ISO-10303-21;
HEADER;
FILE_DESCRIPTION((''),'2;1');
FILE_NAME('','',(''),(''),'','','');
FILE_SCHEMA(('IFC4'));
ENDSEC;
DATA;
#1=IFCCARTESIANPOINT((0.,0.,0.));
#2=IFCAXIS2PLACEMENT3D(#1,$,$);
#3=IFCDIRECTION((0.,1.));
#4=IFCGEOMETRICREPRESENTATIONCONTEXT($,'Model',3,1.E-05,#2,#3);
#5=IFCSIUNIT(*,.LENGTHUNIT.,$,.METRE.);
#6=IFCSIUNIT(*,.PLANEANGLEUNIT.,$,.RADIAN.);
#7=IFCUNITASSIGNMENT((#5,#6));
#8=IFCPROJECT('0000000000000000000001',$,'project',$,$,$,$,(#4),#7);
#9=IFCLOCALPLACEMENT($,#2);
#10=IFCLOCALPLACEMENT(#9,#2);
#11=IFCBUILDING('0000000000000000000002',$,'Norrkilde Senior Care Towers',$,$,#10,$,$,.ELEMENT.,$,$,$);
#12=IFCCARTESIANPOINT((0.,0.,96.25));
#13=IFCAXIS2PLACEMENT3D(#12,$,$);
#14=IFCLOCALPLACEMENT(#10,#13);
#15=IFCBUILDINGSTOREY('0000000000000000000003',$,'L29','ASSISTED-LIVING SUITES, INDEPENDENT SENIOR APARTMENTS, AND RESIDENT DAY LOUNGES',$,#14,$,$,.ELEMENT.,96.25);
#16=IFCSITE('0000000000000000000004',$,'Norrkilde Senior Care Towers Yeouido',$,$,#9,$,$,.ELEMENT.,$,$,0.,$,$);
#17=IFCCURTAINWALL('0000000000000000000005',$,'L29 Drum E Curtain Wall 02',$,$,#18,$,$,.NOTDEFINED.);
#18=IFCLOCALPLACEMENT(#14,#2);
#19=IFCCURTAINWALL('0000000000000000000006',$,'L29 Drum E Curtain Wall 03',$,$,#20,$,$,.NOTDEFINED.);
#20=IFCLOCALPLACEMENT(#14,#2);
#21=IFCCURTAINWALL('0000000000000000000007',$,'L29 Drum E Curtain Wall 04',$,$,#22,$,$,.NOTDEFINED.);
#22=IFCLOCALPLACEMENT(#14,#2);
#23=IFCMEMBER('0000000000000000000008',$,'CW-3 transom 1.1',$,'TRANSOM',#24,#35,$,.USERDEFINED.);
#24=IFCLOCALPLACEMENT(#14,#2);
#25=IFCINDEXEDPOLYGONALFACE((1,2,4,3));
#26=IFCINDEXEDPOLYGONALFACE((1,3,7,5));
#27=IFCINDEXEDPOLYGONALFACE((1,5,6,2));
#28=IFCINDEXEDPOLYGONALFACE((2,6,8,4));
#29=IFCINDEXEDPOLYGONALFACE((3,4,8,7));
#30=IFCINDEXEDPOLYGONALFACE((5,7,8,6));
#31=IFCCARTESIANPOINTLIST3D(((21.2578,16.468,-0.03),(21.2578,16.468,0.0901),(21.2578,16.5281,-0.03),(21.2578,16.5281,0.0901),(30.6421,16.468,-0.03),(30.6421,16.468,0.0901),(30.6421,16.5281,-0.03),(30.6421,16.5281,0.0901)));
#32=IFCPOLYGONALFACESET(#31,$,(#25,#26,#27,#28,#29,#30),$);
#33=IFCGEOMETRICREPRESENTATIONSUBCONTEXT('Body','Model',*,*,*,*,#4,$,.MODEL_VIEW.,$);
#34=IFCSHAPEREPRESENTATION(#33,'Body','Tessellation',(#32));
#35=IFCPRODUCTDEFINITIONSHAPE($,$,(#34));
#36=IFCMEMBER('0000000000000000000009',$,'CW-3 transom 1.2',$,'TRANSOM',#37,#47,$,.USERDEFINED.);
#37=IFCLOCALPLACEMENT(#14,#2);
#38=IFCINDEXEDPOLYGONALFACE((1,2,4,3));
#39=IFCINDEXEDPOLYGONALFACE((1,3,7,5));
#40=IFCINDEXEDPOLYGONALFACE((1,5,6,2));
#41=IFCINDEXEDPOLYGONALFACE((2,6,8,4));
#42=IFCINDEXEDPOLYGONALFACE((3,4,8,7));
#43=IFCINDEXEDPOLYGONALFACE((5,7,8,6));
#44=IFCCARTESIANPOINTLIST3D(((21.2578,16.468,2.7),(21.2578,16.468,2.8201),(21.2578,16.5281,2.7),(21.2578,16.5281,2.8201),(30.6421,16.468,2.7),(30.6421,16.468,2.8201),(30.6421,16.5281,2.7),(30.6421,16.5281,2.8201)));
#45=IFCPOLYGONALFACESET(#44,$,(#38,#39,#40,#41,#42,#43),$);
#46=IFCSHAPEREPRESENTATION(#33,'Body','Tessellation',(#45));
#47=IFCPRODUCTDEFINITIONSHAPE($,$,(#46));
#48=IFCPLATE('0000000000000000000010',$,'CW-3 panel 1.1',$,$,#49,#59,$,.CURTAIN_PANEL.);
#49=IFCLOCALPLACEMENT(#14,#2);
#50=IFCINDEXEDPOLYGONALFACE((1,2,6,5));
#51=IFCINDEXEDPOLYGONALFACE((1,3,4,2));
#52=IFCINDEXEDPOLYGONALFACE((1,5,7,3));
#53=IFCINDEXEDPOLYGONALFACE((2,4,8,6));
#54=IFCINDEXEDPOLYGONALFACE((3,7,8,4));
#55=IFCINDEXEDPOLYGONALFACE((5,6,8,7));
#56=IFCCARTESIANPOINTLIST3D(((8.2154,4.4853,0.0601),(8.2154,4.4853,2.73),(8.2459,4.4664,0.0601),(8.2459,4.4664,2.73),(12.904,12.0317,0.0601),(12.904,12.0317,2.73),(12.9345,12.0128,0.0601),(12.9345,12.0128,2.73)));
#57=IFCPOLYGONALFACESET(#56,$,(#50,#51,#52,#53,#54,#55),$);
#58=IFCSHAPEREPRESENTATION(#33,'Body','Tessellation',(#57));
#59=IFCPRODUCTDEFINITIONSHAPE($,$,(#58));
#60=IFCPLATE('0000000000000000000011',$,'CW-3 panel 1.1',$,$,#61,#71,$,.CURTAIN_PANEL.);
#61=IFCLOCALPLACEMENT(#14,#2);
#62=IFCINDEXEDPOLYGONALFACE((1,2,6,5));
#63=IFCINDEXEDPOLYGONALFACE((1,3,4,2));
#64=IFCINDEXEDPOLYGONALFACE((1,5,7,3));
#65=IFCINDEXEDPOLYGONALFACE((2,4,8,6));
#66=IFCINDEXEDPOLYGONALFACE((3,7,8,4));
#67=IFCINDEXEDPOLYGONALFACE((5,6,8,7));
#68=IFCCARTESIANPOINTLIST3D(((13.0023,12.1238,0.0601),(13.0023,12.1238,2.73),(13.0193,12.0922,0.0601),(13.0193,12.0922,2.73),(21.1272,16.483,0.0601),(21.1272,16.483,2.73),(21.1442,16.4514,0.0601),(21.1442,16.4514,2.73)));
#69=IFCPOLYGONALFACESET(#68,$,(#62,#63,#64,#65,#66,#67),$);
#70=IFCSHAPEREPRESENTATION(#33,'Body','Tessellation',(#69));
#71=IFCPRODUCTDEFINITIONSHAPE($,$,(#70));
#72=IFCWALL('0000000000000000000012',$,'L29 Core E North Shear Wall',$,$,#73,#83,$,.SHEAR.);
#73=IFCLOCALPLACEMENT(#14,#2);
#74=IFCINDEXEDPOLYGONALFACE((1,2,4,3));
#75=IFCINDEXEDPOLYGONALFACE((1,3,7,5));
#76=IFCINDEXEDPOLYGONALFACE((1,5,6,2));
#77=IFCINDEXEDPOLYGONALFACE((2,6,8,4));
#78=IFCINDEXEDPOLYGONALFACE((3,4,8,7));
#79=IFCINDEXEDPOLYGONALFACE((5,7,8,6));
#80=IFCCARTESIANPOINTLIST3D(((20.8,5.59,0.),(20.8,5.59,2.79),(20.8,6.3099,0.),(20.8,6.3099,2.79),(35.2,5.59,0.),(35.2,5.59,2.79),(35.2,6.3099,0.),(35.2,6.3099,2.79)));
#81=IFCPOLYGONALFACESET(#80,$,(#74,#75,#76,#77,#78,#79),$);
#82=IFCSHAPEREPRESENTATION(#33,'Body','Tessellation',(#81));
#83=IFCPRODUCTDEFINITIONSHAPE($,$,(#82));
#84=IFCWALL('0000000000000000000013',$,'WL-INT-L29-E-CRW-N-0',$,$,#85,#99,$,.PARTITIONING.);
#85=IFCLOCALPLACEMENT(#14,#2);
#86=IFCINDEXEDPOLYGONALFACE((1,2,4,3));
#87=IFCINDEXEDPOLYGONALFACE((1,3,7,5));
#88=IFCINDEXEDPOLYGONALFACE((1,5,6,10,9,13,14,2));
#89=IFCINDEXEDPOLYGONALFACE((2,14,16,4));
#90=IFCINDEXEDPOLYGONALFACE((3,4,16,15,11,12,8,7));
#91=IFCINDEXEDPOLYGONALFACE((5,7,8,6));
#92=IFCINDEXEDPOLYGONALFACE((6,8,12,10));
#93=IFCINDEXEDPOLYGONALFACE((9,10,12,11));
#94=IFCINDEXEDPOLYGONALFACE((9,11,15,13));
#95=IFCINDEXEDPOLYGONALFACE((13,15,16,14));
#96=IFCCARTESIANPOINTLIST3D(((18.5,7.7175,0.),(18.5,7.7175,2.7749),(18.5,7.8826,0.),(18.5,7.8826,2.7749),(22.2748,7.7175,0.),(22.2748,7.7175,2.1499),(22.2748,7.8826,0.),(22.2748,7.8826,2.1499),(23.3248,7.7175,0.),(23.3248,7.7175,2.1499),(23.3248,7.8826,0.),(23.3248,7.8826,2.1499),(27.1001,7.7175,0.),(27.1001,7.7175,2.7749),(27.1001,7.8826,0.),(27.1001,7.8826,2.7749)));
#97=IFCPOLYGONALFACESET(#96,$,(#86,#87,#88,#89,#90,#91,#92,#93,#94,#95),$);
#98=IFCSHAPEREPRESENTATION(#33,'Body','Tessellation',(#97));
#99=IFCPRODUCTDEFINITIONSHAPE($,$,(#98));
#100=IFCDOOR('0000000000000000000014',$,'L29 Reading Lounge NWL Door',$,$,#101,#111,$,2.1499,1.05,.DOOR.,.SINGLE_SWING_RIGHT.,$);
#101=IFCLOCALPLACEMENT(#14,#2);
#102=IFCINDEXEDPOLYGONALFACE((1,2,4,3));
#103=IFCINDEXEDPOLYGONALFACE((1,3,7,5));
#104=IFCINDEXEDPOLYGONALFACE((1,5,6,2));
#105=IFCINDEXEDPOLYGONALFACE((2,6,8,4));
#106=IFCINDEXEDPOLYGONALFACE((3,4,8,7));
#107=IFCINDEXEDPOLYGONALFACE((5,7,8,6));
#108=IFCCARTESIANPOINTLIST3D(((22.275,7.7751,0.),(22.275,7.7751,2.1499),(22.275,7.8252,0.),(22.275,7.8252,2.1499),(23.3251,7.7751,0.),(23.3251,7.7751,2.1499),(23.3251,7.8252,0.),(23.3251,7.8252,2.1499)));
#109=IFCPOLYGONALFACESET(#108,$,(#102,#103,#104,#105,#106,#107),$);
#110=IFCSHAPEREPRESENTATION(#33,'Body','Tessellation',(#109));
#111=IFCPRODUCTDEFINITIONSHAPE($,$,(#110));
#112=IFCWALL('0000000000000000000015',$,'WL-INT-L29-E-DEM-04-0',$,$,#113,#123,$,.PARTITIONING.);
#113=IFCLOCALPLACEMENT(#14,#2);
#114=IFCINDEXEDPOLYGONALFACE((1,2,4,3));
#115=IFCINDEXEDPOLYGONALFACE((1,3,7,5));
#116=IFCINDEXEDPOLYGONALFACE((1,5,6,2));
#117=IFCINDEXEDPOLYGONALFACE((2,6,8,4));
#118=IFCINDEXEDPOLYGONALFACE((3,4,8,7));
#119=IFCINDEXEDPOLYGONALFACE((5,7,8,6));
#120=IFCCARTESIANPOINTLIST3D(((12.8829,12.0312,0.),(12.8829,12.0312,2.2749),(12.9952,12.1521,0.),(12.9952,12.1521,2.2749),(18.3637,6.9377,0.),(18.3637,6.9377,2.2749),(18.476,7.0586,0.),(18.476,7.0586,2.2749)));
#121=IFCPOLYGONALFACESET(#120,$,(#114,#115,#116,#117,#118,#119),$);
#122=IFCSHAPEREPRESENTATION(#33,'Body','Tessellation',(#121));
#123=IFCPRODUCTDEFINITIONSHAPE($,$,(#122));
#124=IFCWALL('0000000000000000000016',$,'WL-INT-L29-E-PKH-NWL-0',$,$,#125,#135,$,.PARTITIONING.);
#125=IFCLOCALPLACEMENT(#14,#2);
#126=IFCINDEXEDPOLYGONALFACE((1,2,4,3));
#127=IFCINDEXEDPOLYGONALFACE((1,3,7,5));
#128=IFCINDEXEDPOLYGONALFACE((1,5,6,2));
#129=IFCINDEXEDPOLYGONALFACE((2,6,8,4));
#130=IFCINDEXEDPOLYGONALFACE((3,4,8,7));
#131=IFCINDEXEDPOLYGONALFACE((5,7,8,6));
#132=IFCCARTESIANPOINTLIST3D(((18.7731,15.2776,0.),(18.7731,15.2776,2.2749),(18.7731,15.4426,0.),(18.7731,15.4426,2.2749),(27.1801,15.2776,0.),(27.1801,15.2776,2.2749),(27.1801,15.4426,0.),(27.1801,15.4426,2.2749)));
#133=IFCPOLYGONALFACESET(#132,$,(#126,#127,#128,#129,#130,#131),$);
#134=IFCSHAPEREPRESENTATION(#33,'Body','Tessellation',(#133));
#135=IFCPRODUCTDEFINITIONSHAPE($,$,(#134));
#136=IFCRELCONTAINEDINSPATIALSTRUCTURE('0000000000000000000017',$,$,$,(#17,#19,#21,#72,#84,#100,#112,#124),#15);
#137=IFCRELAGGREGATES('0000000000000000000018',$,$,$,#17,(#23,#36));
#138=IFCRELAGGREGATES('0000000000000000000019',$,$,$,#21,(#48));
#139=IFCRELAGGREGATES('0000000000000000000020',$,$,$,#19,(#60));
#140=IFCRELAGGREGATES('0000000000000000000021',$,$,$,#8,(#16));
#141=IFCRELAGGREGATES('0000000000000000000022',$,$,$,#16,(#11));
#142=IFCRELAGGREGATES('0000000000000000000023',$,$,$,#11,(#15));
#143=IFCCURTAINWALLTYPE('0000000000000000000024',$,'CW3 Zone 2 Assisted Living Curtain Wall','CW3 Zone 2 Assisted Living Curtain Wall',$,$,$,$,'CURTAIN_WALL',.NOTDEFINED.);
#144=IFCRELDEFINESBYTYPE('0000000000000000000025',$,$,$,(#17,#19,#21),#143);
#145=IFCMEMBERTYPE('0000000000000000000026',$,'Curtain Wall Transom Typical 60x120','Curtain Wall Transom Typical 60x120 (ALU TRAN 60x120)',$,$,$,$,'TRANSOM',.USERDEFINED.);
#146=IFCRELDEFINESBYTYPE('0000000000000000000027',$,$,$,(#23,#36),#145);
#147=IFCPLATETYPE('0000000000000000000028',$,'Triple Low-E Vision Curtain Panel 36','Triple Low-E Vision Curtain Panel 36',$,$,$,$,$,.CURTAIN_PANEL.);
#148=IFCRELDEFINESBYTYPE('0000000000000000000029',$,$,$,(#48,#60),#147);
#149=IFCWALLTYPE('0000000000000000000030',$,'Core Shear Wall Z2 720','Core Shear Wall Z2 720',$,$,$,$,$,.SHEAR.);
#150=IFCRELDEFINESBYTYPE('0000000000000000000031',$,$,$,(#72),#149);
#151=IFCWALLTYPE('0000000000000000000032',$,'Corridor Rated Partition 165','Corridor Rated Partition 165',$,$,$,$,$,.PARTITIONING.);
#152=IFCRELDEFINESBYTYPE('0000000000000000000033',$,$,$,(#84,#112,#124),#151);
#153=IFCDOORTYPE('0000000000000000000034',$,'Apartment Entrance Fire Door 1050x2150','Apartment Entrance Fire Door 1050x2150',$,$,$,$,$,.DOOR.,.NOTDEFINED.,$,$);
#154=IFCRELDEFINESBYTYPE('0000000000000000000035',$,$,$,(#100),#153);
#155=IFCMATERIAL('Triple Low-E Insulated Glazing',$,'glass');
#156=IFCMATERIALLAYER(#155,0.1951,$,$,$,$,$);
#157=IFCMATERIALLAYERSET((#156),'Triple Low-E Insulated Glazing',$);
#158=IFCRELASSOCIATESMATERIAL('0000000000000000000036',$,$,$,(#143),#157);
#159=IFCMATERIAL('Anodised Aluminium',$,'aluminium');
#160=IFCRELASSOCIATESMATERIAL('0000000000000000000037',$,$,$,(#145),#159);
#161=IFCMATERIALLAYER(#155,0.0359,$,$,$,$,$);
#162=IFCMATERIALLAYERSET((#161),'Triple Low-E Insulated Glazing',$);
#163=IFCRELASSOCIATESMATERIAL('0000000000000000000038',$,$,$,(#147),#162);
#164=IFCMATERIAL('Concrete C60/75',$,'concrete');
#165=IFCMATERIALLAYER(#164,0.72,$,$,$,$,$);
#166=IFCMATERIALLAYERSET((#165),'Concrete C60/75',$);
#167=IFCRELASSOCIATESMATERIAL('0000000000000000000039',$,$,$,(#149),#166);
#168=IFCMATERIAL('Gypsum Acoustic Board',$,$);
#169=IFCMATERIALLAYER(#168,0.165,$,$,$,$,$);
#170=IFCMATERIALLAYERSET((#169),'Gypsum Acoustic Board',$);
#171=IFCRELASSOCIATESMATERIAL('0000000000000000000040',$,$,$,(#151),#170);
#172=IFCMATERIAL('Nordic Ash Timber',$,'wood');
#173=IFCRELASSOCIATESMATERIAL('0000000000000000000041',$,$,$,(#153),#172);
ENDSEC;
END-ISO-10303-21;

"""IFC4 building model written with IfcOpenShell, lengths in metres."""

from ifc_helpers import new_model, si_unit, direction, frame, frame_2d, origin, origin_2d, place, context, subcontext, project, spatial, rectangle, extrude, source, transform, mapped, material, layer, layer_set, material_profile, profile_set, type_object, type_shapes, element, fill, aggregate, save


model = new_model("IFC4")

# Units and contexts
model_context = context("Model", 3, precision=1e-05, world=origin(), true_north=direction((0.0, 1.0)))
body_context = subcontext(model_context, "Body", "Model", "MODEL_VIEW")
ifc_project = project(units=[si_unit("LENGTHUNIT", "METRE"), si_unit("PLANEANGLEUNIT", "RADIAN")], contexts=[model_context])

# Site, building, storey
site_placement = place(None, origin())
site = spatial("IfcSite", under=ifc_project, at=site_placement, Name="Norrkilde Senior Care Towers Yeouido", CompositionType="ELEMENT", RefElevation=0.0)
building_placement = place(site_placement, origin())
building = spatial("IfcBuilding", under=site, at=building_placement, Name="Norrkilde Senior Care Towers", CompositionType="ELEMENT")
storey_placement = place(building_placement, frame((0.0, 0.0, 96.25)))
storey = spatial("IfcBuildingStorey", under=building, at=storey_placement, Name="L29", Description="ASSISTED-LIVING SUITES, INDEPENDENT SENIOR APARTMENTS, AND RESIDENT DAY LOUNGES", CompositionType="ELEMENT", Elevation=96.25)

# Shared definitions
ifc_material_1 = material(Name="Concrete C60/75", Category="concrete")

# Curtain wall
ifc_material_2 = material(Name="Triple Low-E Insulated Glazing", Category="glass")
ifc_layer_1 = layer(ifc_material_2, 0.1951)
ifc_layer_set_1 = layer_set([ifc_layer_1], Name="Triple Low-E Insulated Glazing")
curtain_wall_type = type_object("IfcCurtainWallType", Name="CW3 Zone 2 Assisted Living Curtain Wall", Description="CW3 Zone 2 Assisted Living Curtain Wall", ElementType="CURTAIN_WALL", PredefinedType="NOTDEFINED", material=ifc_layer_set_1)
curtain_wall_1_placement = place(storey_placement, origin())
curtain_wall_1 = element("IfcCurtainWall", 1, at=curtain_wall_1_placement, inside=storey, type_object=curtain_wall_type, Name="L29 Drum E Curtain Wall 02", PredefinedType="NOTDEFINED")
ifc_material_3 = material(Name="Anodised Aluminium", Category="aluminium")

# Curtain wall
curtain_wall_2_placement = place(storey_placement, origin())
curtain_wall_2 = element("IfcCurtainWall", 2, at=curtain_wall_2_placement, inside=storey, type_object=curtain_wall_type, Name="L29 Drum E Curtain Wall 03", PredefinedType="NOTDEFINED")

# Curtain wall
curtain_wall_3_placement = place(storey_placement, origin())
curtain_wall_3 = element("IfcCurtainWall", 3, at=curtain_wall_3_placement, inside=storey, type_object=curtain_wall_type, Name="L29 Drum E Curtain Wall 04", PredefinedType="NOTDEFINED")

# Members
ifc_material_profile_1 = material_profile(ifc_material_3, rectangle(XDim=0.0601, YDim=0.1201, at=origin_2d()), Name="ALU TRAN 60x120")
ifc_profile_set_1 = profile_set([ifc_material_profile_1], Name="Anodised Aluminium")
member_type_1 = type_object("IfcMemberType", Name="Curtain Wall Transom Typical 60x120", Description="Curtain Wall Transom Typical 60x120 (ALU TRAN 60x120)", ElementType="TRANSOM", PredefinedType="USERDEFINED", material=ifc_profile_set_1)
shared_shape_1 = source(origin(), body_context, "Body", "SweptSolid", [
    extrude(rectangle(XDim=0.0601, YDim=0.1201, at=origin_2d()), origin(), (0.0, 0.0, 1.0), 9.3843),
])
member_1_placement = place(storey_placement, frame((21.2578, 16.498, 0.03), z_axis=(1.0, 0.0, 0.0), x_axis=(0.0, 1.0, 0.0)))
member_1 = element("IfcMember", 4, at=member_1_placement, type_object=member_type_1, Name="CW-3 transom 1.1", ObjectType="TRANSOM", PredefinedType="USERDEFINED", context=body_context, shape_type="MappedRepresentation", body=[
    mapped(shared_shape_1, transform((0.0, 0.0, 0.0), x_axis=(1.0, 0.0, 0.0), y_axis=(0.0, 1.0, 0.0), z_axis=(0.0, 0.0, 1.0), scale=1.0)),
])
member_2_placement = place(storey_placement, frame((21.2578, 16.498, 2.76), z_axis=(1.0, 0.0, 0.0), x_axis=(0.0, 1.0, 0.0)))
member_2 = element("IfcMember", 5, at=member_2_placement, type_object=member_type_1, Name="CW-3 transom 1.2", ObjectType="TRANSOM", PredefinedType="USERDEFINED", context=body_context, shape_type="MappedRepresentation", body=[
    mapped(shared_shape_1, transform((0.0, 0.0, 0.0), x_axis=(1.0, 0.0, 0.0), y_axis=(0.0, 1.0, 0.0), z_axis=(0.0, 0.0, 1.0), scale=1.0)),
])
aggregate(curtain_wall_1, [member_1, member_2])

# Plates
ifc_layer_2 = layer(ifc_material_2, 0.0359)
ifc_layer_set_2 = layer_set([ifc_layer_2], Name="Triple Low-E Insulated Glazing")
plate_type = type_object("IfcPlateType", Name="Triple Low-E Vision Curtain Panel 36", Description="Triple Low-E Vision Curtain Panel 36", PredefinedType="CURTAIN_PANEL", material=ifc_layer_set_2)
shared_shape_2 = source(origin(), body_context, "Body", "SweptSolid", [
    extrude(rectangle(XDim=8.8843, YDim=0.0359, at=origin_2d()), origin(), (0.0, 0.0, 1.0), 2.6699),
])
plate_1_placement = place(storey_placement, frame((10.575, 8.249, 0.0601), z_axis=(0.0, 0.0, 1.0), x_axis=(0.527733, 0.84941, 0.0)))
plate_1 = element("IfcPlate", 6, at=plate_1_placement, type_object=plate_type, Name="CW-3 panel 1.1", PredefinedType="CURTAIN_PANEL", context=body_context, shape_type="MappedRepresentation", body=[
    mapped(shared_shape_2, transform((0.0, 0.0, 0.0), x_axis=(1.0, 0.0, 0.0), y_axis=(0.0, 1.0, 0.0), z_axis=(0.0, 0.0, 1.0), scale=1.0)),
])
aggregate(curtain_wall_3, [plate_1])
shared_shape_3 = source(origin(), body_context, "Body", "SweptSolid", [
    extrude(rectangle(XDim=9.2205, YDim=0.0359, at=origin_2d()), origin(), (0.0, 0.0, 1.0), 2.6699),
])
type_shapes(plate_type, [shared_shape_2, shared_shape_3])
plate_2_placement = place(storey_placement, frame((17.0732, 14.2876, 0.0601), z_axis=(0.0, 0.0, 1.0), x_axis=(0.881186, 0.472769, 0.0)))
plate_2 = element("IfcPlate", 7, at=plate_2_placement, type_object=plate_type, Name="CW-3 panel 1.1", PredefinedType="CURTAIN_PANEL", context=body_context, shape_type="MappedRepresentation", body=[
    mapped(shared_shape_3, transform((0.0, 0.0, 0.0), x_axis=(1.0, 0.0, 0.0), y_axis=(0.0, 1.0, 0.0), z_axis=(0.0, 0.0, 1.0), scale=1.0)),
])
aggregate(curtain_wall_2, [plate_2])

# Wall
ifc_layer_3 = layer(ifc_material_1, 0.72)
ifc_layer_set_3 = layer_set([ifc_layer_3], Name="Concrete C60/75")
wall_type_1 = type_object("IfcWallType", Name="Core Shear Wall Z2 720", Description="Core Shear Wall Z2 720", PredefinedType="SHEAR", material=ifc_layer_set_3)
shared_shape_4 = source(origin(), body_context, "Body", "SweptSolid", [
    extrude(rectangle(XDim=14.3999, YDim=0.72, at=frame_2d((7.2, 0.0))), origin(), (0.0, 0.0, 1.0), 2.79),
])
type_shapes(wall_type_1, [shared_shape_4])
wall_1_placement = place(storey_placement, frame((20.8, 5.95, 0.0), z_axis=(0.0, 0.0, 1.0), x_axis=(1.0, 0.0, 0.0)))
element("IfcWall", 8, at=wall_1_placement, inside=storey, type_object=wall_type_1, Name="L29 Core E North Shear Wall", PredefinedType="SHEAR", context=body_context, shape_type="MappedRepresentation", body=[
    mapped(shared_shape_4, transform((0.0, 0.0, 0.0), x_axis=(1.0, 0.0, 0.0), y_axis=(0.0, 1.0, 0.0), z_axis=(0.0, 0.0, 1.0), scale=1.0)),
])

# Wall, opening, door
ifc_material_4 = material(Name="Gypsum Acoustic Board")
ifc_layer_4 = layer(ifc_material_4, 0.165)
ifc_layer_set_4 = layer_set([ifc_layer_4], Name="Gypsum Acoustic Board")
wall_type_2 = type_object("IfcWallType", Name="Corridor Rated Partition 165", Description="Corridor Rated Partition 165", PredefinedType="PARTITIONING", material=ifc_layer_set_4)
shared_shape_5 = source(origin(), body_context, "Body", "SweptSolid", [
    extrude(rectangle(XDim=8.6001, YDim=0.165, at=frame_2d((4.3, 0.0))), origin(), (0.0, 0.0, 1.0), 2.7749),
])
wall_2_placement = place(storey_placement, frame((18.5, 7.8, 0.0), z_axis=(0.0, 0.0, 1.0), x_axis=(1.0, 0.0, 0.0)))
wall_2 = element("IfcWall", 9, at=wall_2_placement, inside=storey, type_object=wall_type_2, Name="WL-INT-L29-E-CRW-N-0", PredefinedType="PARTITIONING", context=body_context, shape_type="MappedRepresentation", body=[
    mapped(shared_shape_5, transform((0.0, 0.0, 0.0), x_axis=(1.0, 0.0, 0.0), y_axis=(0.0, 1.0, 0.0), z_axis=(0.0, 0.0, 1.0), scale=1.0)),
])
opening_1_placement = place(wall_2_placement, frame((3.7749, 0.0, 0.0)))
opening_1 = element("IfcOpeningElement", 10, at=opening_1_placement, cuts=wall_2, PredefinedType="OPENING", context=body_context, shape_type="SweptSolid", body=[
    extrude(rectangle(XDim=1.05, YDim=2.1499, at=frame_2d((0.5249, 1.075))), frame((0.0, 0.0925, 0.0), z_axis=(0.0, -1.0, 0.0), x_axis=(1.0, 0.0, 0.0)), (0.0, 0.0, 1.0), 0.1851),
])
ifc_material_5 = material(Name="Nordic Ash Timber", Category="wood")
door_type_1 = type_object("IfcDoorType", Name="Apartment Entrance Fire Door 1050x2150", Description="Apartment Entrance Fire Door 1050x2150", OperationType="NOTDEFINED", PredefinedType="DOOR", material=ifc_material_5)
shared_shape_6 = source(origin(), body_context, "Body", "SweptSolid", [
    extrude(rectangle(XDim=1.05, YDim=2.1499, at=frame_2d((0.5249, 1.075))), frame((0.0, 0.0249, 0.0), z_axis=(0.0, -1.0, 0.0), x_axis=(1.0, 0.0, 0.0)), (0.0, 0.0, 1.0), 0.05),
])
type_shapes(door_type_1, [shared_shape_6])
door_1_placement = place(opening_1_placement, frame((1.05, 0.0, 0.0), z_axis=(0.0, 0.0, 1.0), x_axis=(-1.0, 0.0, 0.0)))
door_1 = element("IfcDoor", 11, at=door_1_placement, inside=storey, type_object=door_type_1, Name="L29 Reading Lounge NWL Door", OperationType="SINGLE_SWING_RIGHT", OverallHeight=2.1499, OverallWidth=1.05, PredefinedType="DOOR", context=body_context, shape_type="MappedRepresentation", body=[
    mapped(shared_shape_6, transform((0.0, 0.0, 0.0), x_axis=(1.0, 0.0, 0.0), y_axis=(0.0, 1.0, 0.0), z_axis=(0.0, 0.0, 1.0), scale=1.0)),
])
fill(opening_1, door_1)

# Walls
shared_shape_7 = source(origin(), body_context, "Body", "SweptSolid", [
    extrude(rectangle(XDim=7.4822, YDim=0.165, at=frame_2d((3.7412, 0.0))), origin(), (0.0, 0.0, 1.0), 2.2749),
])
wall_3_placement = place(storey_placement, frame((18.4199, 6.998, 0.0), z_axis=(0.0, 0.0, 1.0), x_axis=(-0.732509, 0.680758, 0.0)))
element("IfcWall", 12, at=wall_3_placement, inside=storey, type_object=wall_type_2, Name="WL-INT-L29-E-DEM-04-0", PredefinedType="PARTITIONING", context=body_context, shape_type="MappedRepresentation", body=[
    mapped(shared_shape_7, transform((0.0, 0.0, 0.0), x_axis=(1.0, 0.0, 0.0), y_axis=(0.0, 1.0, 0.0), z_axis=(0.0, 0.0, 1.0), scale=1.0)),
])
shared_shape_8 = source(origin(), body_context, "Body", "SweptSolid", [
    extrude(rectangle(XDim=8.407, YDim=0.165, at=frame_2d((4.2036, 0.0))), origin(), (0.0, 0.0, 1.0), 2.2749),
])
type_shapes(wall_type_2, [shared_shape_5, shared_shape_7, shared_shape_8])
wall_4_placement = place(storey_placement, frame((18.7729, 15.3601, 0.0), z_axis=(0.0, 0.0, 1.0), x_axis=(1.0, 0.0, 0.0)))
element("IfcWall", 13, at=wall_4_placement, inside=storey, type_object=wall_type_2, Name="WL-INT-L29-E-PKH-NWL-0", PredefinedType="PARTITIONING", context=body_context, shape_type="MappedRepresentation", body=[
    mapped(shared_shape_8, transform((0.0, 0.0, 0.0), x_axis=(1.0, 0.0, 0.0), y_axis=(0.0, 1.0, 0.0), z_axis=(0.0, 0.0, 1.0), scale=1.0)),
])

save(model, "model.ifc")
